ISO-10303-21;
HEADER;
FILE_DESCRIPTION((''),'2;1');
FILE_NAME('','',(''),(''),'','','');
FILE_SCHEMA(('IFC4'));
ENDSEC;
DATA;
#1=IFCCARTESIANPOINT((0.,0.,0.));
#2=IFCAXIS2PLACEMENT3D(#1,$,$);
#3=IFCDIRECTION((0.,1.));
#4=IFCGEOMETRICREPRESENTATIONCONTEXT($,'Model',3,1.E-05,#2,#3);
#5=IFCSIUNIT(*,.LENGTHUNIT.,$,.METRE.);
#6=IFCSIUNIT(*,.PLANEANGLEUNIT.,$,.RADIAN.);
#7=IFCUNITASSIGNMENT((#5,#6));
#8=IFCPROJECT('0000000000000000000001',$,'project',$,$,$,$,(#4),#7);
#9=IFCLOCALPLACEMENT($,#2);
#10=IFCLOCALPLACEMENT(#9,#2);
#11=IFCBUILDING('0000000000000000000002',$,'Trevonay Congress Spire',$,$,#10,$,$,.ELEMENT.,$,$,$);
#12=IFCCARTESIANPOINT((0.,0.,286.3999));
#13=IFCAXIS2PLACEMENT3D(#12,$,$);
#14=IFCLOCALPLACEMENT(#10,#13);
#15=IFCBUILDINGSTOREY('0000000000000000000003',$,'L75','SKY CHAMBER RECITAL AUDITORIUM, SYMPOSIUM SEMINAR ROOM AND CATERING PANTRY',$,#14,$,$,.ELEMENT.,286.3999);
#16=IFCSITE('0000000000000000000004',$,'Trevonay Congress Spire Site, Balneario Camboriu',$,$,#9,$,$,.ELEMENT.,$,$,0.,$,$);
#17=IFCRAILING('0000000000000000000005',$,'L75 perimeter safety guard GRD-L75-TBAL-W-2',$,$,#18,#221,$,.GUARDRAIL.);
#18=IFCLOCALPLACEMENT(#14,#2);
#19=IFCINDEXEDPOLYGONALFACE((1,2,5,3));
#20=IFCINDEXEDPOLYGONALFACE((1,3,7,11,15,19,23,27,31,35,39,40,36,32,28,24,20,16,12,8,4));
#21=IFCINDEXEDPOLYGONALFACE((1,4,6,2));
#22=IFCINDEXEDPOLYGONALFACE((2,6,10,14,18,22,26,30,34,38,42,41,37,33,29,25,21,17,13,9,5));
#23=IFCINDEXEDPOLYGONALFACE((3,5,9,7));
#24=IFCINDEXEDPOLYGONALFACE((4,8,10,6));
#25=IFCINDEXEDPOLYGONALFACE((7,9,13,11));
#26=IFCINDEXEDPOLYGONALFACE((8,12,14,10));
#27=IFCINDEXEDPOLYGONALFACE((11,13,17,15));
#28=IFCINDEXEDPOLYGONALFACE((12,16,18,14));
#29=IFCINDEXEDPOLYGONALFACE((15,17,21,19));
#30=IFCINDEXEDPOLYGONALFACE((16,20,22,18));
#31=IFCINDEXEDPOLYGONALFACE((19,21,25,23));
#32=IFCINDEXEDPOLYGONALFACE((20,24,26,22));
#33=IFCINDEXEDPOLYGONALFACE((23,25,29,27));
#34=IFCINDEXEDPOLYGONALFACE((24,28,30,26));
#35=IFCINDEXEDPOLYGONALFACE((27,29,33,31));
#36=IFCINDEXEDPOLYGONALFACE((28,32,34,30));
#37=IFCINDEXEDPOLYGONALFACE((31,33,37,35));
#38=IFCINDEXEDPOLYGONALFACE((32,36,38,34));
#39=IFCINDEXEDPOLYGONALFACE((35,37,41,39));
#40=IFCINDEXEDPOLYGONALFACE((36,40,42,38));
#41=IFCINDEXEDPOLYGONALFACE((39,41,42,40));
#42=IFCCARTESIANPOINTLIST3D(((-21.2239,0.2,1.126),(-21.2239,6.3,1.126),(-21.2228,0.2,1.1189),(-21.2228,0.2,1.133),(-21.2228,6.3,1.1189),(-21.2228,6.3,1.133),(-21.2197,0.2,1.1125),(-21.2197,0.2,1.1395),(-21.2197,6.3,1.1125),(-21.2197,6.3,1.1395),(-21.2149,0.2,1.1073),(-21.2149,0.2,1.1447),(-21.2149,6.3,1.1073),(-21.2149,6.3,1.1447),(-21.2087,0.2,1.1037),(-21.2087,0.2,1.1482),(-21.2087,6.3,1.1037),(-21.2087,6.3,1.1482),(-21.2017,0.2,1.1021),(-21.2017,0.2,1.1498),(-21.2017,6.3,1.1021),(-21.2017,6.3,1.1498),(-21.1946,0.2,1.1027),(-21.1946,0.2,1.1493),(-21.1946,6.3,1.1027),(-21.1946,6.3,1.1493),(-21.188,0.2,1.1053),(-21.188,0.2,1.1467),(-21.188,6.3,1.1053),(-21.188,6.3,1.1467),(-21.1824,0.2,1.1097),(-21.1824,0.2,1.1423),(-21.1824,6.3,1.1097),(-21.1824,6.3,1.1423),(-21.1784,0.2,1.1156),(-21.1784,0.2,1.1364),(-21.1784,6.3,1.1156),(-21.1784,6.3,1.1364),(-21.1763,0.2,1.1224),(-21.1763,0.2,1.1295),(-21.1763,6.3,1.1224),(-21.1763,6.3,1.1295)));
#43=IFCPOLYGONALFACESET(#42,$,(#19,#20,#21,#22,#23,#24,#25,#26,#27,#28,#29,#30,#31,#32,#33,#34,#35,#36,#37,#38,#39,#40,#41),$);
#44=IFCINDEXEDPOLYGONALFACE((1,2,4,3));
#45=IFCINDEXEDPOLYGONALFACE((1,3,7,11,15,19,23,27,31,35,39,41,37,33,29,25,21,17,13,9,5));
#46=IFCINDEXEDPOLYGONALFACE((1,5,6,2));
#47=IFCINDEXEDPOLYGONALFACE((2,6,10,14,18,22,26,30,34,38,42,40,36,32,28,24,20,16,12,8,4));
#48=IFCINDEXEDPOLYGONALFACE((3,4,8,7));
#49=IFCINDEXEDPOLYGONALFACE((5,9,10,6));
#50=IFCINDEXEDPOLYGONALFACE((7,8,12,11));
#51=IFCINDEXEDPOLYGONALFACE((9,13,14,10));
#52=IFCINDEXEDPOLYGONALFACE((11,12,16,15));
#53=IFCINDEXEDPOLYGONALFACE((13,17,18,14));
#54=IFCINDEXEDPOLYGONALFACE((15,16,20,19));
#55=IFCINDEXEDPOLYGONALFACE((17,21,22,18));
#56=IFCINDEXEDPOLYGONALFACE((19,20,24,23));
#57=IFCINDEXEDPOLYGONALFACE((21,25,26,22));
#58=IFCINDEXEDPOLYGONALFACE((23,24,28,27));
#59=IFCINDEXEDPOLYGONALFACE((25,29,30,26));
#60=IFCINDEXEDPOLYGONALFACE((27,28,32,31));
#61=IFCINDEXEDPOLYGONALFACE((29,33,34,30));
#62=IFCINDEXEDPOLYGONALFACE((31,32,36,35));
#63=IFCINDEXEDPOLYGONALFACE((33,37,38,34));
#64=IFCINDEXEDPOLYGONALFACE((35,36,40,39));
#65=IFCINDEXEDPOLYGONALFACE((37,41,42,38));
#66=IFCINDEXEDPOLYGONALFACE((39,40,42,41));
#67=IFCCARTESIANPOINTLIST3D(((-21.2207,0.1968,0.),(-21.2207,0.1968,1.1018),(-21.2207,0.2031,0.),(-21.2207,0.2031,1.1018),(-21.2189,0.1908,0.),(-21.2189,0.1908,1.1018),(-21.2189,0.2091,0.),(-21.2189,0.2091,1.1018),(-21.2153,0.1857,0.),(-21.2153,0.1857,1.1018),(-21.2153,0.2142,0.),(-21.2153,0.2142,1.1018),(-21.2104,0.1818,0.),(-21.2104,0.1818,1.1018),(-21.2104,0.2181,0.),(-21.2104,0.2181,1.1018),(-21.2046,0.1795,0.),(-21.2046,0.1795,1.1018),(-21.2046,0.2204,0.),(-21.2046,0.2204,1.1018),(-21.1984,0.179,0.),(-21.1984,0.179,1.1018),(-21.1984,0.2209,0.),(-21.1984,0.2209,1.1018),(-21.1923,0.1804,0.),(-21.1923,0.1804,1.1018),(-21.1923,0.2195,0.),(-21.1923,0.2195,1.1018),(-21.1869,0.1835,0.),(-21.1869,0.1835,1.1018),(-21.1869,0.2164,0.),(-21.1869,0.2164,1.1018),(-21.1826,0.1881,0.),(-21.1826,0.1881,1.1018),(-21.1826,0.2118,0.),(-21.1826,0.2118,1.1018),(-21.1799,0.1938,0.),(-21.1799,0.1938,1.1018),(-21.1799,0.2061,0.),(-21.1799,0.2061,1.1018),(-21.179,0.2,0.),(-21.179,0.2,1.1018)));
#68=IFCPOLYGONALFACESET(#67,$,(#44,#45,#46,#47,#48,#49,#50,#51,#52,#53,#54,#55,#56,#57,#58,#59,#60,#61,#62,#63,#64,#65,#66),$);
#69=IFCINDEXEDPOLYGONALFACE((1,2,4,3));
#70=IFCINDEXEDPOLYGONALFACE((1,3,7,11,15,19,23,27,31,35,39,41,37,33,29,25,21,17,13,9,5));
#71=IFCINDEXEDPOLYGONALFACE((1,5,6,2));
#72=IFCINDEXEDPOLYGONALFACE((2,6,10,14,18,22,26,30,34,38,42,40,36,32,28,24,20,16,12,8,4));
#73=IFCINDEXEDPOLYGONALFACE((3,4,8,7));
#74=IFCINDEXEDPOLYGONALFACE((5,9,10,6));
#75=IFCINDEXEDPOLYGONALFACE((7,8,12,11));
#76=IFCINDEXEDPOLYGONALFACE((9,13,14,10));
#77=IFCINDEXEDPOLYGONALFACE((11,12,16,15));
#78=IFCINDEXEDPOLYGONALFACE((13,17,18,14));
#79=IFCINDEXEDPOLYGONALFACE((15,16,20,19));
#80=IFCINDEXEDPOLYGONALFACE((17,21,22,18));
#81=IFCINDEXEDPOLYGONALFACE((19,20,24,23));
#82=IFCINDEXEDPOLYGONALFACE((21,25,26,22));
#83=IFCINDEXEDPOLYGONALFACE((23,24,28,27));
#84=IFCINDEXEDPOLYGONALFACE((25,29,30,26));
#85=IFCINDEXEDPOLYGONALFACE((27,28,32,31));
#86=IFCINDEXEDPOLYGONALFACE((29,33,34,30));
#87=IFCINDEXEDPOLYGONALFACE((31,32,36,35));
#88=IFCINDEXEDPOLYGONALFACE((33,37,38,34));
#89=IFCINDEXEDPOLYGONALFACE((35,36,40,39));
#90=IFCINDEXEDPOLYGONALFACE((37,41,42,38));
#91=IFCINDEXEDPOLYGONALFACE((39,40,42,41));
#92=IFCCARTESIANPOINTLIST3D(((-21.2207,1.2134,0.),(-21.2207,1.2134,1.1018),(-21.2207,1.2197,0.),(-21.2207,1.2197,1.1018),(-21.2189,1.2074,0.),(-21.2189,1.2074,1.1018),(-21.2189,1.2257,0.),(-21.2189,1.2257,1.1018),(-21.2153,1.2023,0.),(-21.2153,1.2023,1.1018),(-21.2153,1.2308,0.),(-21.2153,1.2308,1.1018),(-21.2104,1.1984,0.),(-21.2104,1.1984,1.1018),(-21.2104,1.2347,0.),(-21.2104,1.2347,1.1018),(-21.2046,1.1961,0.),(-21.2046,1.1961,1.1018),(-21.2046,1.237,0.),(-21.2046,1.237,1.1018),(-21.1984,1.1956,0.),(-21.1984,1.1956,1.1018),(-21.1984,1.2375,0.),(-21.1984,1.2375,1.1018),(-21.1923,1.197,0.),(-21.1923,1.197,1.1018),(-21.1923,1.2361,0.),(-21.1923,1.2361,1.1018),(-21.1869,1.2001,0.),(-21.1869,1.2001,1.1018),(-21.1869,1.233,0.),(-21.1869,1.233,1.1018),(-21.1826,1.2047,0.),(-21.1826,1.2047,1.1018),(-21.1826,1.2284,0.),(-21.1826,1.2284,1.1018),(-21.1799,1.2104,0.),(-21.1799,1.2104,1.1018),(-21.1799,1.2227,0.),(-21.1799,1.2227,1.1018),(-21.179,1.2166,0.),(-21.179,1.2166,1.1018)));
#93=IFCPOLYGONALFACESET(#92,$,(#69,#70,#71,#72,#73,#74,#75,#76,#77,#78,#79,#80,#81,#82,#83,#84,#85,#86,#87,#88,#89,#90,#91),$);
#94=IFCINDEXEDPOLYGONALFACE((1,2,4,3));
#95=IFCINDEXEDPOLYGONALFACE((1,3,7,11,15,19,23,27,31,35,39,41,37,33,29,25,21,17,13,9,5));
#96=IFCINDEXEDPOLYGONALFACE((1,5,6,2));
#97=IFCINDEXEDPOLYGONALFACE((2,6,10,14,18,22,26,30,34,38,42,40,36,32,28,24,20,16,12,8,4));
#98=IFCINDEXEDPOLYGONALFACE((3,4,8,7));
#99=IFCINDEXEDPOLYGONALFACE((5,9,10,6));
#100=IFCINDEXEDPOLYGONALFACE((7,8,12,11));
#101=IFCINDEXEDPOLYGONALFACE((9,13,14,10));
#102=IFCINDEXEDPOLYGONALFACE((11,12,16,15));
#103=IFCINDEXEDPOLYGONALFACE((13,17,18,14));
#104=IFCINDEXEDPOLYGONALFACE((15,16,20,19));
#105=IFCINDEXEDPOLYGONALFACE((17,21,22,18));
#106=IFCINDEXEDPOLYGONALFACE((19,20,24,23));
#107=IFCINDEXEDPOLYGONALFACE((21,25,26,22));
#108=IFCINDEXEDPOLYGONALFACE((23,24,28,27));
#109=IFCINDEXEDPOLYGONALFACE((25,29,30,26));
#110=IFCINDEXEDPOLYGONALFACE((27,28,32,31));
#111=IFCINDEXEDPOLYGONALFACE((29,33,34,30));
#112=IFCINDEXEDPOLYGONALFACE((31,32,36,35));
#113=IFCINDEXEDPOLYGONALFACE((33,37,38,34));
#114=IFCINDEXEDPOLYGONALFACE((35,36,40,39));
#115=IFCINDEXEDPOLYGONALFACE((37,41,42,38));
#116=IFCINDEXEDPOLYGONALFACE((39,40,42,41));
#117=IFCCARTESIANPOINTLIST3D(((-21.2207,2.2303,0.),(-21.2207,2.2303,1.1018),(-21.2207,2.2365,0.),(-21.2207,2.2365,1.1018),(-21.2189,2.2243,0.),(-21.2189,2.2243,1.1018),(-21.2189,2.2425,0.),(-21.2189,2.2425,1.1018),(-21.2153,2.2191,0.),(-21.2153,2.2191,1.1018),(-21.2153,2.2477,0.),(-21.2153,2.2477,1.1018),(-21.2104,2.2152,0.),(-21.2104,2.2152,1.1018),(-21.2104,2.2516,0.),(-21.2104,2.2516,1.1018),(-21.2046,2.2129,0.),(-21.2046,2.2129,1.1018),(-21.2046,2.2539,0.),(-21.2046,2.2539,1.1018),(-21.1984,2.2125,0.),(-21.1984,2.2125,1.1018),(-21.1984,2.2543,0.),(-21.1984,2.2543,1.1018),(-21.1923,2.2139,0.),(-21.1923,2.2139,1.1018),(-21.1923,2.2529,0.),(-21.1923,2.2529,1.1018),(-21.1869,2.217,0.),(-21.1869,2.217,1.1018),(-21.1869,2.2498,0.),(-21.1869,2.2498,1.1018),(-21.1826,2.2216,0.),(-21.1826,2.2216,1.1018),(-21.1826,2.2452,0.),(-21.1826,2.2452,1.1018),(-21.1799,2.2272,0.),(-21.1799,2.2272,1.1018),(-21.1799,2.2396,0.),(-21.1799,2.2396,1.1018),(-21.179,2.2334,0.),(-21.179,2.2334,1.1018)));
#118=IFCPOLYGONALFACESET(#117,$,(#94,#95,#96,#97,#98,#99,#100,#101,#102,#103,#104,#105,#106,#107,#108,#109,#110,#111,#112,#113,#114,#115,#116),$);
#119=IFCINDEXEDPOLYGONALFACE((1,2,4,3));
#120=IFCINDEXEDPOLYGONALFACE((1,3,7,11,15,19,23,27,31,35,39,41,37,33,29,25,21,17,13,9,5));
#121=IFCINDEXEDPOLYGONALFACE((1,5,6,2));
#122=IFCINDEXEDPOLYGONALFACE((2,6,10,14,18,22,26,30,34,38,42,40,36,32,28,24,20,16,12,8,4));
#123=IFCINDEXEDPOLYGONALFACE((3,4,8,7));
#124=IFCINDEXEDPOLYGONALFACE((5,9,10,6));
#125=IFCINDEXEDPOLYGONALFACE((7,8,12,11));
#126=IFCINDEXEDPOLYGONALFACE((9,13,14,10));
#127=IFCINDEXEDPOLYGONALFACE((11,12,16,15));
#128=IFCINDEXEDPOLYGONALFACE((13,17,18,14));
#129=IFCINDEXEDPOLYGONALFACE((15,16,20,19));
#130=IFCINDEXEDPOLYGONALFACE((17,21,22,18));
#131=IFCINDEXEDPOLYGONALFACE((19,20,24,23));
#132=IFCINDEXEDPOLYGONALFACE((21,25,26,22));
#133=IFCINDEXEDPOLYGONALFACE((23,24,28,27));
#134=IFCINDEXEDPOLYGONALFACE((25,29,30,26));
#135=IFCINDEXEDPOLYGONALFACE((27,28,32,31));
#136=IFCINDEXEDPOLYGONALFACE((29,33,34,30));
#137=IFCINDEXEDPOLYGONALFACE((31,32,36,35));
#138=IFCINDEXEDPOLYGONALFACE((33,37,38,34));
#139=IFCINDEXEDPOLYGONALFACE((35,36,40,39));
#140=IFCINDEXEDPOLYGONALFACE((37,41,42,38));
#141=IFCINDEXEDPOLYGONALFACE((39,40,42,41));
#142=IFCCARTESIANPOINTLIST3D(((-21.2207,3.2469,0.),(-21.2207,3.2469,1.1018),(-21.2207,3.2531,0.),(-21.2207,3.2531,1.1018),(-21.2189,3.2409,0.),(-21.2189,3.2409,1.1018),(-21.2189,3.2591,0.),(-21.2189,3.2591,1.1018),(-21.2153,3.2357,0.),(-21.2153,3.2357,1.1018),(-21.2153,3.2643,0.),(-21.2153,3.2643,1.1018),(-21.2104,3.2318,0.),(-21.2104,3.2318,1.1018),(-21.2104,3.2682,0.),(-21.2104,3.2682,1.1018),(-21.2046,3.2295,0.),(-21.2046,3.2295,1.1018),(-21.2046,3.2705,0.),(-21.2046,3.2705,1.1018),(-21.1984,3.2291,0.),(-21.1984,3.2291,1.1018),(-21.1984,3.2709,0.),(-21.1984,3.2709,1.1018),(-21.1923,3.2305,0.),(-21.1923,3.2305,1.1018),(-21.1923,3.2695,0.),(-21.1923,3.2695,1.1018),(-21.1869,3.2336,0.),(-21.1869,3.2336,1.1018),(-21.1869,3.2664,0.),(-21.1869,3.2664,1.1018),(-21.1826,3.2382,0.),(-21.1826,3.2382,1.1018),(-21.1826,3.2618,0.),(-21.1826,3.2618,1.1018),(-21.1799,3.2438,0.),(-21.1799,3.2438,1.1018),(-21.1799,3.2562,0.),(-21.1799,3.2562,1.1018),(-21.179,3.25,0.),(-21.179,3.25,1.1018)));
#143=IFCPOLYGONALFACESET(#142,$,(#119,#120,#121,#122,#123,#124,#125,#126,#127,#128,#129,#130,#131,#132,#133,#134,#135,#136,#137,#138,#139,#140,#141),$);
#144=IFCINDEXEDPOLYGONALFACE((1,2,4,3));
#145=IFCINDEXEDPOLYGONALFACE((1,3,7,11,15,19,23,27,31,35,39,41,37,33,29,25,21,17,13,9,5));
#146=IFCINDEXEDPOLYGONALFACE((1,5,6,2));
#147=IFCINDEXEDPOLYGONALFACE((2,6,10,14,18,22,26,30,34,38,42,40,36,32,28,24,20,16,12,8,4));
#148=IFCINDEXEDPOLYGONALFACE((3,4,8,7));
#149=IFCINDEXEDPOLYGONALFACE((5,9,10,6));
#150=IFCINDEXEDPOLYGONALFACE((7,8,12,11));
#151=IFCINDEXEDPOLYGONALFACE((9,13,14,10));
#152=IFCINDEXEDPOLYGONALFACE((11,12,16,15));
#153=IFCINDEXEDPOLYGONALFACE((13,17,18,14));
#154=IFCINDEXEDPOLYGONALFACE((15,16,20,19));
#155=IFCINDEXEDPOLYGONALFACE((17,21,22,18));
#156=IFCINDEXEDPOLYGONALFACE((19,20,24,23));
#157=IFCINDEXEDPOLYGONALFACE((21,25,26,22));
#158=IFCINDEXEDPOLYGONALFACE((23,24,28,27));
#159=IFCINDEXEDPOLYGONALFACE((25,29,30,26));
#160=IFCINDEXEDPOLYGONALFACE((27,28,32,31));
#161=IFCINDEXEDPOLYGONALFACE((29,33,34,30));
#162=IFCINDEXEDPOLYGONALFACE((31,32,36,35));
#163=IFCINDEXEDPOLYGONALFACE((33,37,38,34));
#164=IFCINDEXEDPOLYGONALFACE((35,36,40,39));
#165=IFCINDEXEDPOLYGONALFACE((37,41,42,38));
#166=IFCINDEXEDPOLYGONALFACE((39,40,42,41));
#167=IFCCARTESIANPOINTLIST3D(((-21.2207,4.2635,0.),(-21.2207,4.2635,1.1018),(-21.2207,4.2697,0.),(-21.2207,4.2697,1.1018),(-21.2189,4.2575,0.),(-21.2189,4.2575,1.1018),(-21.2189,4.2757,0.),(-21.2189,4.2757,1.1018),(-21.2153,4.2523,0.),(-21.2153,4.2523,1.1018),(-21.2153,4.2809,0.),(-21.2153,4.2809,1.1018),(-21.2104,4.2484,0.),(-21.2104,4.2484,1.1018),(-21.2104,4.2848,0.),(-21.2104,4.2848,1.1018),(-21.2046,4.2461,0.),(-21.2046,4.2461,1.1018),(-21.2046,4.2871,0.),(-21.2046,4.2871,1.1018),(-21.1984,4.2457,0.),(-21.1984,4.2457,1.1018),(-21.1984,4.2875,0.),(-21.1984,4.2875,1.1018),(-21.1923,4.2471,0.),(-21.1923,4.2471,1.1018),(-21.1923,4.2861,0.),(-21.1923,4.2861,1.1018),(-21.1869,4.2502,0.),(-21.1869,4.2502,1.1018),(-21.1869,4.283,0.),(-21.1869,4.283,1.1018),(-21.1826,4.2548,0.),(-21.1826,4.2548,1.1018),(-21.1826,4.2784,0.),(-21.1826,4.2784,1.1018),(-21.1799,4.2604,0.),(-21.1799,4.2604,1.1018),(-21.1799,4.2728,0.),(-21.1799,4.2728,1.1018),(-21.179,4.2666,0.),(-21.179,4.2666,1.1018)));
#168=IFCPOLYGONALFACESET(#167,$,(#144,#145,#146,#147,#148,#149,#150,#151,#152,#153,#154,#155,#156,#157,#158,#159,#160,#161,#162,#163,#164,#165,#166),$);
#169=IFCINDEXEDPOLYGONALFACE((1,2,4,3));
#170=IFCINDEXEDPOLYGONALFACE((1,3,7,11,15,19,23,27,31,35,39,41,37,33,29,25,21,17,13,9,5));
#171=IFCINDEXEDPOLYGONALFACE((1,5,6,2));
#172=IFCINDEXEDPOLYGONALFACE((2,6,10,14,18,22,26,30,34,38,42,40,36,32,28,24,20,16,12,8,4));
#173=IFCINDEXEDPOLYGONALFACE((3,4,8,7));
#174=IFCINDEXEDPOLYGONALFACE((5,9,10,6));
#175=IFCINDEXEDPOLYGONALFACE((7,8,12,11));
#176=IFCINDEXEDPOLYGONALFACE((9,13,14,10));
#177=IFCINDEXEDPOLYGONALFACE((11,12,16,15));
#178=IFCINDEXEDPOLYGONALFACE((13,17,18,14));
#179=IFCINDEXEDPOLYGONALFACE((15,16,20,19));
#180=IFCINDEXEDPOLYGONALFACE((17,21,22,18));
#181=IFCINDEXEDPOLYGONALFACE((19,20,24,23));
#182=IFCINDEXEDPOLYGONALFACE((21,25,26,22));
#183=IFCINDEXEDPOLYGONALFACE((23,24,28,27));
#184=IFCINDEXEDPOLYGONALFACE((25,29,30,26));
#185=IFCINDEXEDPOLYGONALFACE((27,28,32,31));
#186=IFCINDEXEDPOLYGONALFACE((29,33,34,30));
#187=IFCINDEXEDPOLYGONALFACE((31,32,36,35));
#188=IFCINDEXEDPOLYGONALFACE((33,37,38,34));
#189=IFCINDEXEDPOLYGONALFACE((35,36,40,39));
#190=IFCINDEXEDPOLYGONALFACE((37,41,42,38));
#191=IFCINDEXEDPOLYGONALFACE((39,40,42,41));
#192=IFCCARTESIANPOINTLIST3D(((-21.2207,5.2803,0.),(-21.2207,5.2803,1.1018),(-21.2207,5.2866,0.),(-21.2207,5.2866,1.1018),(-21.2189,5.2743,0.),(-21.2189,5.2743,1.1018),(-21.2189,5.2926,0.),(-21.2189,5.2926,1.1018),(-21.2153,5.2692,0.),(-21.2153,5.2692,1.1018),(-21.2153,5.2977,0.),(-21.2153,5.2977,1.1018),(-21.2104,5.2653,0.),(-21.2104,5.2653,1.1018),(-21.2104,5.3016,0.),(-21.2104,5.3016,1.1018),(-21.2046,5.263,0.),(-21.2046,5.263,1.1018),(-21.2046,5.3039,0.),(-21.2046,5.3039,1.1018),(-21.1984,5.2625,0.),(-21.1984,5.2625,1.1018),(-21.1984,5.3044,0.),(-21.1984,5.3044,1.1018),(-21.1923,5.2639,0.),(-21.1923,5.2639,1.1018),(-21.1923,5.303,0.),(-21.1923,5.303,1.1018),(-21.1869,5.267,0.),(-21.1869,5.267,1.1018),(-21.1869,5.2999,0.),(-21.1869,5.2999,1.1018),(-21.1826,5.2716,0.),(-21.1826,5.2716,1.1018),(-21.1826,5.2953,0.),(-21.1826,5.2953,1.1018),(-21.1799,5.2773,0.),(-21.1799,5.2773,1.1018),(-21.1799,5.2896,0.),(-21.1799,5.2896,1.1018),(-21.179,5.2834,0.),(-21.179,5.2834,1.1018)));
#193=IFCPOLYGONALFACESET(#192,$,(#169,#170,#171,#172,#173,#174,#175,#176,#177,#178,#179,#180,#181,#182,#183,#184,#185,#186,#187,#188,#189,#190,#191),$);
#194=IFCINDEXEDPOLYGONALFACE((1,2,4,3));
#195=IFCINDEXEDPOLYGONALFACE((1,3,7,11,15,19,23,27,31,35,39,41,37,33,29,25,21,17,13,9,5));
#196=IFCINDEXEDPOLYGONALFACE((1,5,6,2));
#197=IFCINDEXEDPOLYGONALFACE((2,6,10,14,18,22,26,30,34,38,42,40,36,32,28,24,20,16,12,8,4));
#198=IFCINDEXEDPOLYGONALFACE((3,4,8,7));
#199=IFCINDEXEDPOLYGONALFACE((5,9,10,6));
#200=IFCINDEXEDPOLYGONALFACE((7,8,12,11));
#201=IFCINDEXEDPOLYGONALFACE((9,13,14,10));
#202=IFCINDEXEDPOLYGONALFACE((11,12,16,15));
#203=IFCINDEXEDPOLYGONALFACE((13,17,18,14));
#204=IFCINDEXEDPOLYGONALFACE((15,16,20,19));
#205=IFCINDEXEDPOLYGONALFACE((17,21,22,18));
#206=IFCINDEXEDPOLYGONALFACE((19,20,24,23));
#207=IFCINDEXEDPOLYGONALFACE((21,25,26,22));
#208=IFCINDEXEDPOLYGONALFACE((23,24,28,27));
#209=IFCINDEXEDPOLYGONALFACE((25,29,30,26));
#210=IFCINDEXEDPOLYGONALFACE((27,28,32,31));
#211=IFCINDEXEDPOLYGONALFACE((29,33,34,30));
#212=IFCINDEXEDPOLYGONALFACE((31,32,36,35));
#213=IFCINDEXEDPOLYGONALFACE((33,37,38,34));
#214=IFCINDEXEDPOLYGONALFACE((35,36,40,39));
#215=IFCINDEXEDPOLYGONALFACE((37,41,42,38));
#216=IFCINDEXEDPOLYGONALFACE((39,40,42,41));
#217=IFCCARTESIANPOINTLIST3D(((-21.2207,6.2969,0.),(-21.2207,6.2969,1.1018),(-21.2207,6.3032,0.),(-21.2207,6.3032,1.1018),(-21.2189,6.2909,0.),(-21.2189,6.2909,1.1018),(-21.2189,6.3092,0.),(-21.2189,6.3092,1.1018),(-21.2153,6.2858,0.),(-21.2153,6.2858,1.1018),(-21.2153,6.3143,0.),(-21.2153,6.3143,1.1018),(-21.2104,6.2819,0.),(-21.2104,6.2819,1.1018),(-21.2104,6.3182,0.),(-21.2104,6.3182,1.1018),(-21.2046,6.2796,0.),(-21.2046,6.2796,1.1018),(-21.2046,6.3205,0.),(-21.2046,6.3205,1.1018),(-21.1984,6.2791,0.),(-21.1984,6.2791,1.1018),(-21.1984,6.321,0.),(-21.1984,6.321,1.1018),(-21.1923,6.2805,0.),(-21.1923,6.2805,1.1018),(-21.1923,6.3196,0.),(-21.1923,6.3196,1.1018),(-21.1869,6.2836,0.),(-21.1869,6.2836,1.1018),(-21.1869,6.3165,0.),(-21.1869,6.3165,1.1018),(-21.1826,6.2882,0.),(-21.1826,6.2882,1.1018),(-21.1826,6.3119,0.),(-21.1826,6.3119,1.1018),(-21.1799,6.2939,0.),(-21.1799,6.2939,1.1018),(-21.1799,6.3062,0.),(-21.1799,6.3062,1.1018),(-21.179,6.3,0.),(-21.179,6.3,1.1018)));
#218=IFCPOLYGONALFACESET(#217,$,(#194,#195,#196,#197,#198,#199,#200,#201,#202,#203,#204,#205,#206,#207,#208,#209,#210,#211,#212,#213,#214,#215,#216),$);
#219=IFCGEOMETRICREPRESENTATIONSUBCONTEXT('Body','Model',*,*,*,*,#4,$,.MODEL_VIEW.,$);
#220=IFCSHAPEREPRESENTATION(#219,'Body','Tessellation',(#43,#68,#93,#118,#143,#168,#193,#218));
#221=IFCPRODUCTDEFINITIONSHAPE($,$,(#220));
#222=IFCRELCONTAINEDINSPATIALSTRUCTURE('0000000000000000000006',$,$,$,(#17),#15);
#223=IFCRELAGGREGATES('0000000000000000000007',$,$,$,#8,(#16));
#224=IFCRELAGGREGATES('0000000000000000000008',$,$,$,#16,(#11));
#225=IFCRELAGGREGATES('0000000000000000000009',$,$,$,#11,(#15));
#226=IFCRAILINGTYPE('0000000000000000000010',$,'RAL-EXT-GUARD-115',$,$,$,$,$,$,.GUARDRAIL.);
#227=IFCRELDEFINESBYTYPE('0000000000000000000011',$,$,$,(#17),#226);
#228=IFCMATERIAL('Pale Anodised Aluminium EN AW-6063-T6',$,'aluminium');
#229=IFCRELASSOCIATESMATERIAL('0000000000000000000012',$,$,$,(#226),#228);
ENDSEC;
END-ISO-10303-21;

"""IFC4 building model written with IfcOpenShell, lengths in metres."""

from ifc_helpers import new_model, si_unit, direction, frame, origin, origin_2d, place, context, subcontext, project, spatial, circle, extrude, material, type_object, element, save


model = new_model("IFC4")

# Units and contexts
model_context = context("Model", 3, precision=1e-05, world=origin(), true_north=direction((0.0, 1.0)))
body_context = subcontext(model_context, "Body", "Model", "MODEL_VIEW")
ifc_project = project(units=[si_unit("LENGTHUNIT", "METRE"), si_unit("PLANEANGLEUNIT", "RADIAN")], contexts=[model_context])

# Site, building, storey
site_placement = place(None, origin())
site = spatial("IfcSite", under=ifc_project, at=site_placement, Name="Trevonay Congress Spire Site, Balneario Camboriu", CompositionType="ELEMENT", RefElevation=0.0)
building_placement = place(site_placement, origin())
building = spatial("IfcBuilding", under=site, at=building_placement, Name="Trevonay Congress Spire", CompositionType="ELEMENT")
storey_placement = place(building_placement, frame((0.0, 0.0, 286.3999)))
storey = spatial("IfcBuildingStorey", under=building, at=storey_placement, Name="L75", Description="SKY CHAMBER RECITAL AUDITORIUM, SYMPOSIUM SEMINAR ROOM AND CATERING PANTRY", CompositionType="ELEMENT", Elevation=286.3999)

# Shared definitions
ifc_material_1 = material(Name="Pale Anodised Aluminium EN AW-6063-T6", Category="aluminium")

# Railing
railing_type = type_object("IfcRailingType", Name="RAL-EXT-GUARD-115", PredefinedType="GUARDRAIL", material=ifc_material_1)
railing_1_placement = place(storey_placement, frame((-21.2, 0.2, 0.0)))
element("IfcRailing", 1, at=railing_1_placement, inside=storey, type_object=railing_type, Name="L75 perimeter safety guard GRD-L75-TBAL-W-2", PredefinedType="GUARDRAIL", context=body_context, shape_type="SweptSolid", body=[
    extrude(circle(Radius=0.0239, at=origin_2d()), frame((0.0, 0.0, 1.126), z_axis=(0.0, 1.0, 0.0), x_axis=(-1.0, 0.0, 0.0)), (0.0, 0.0, 1.0), 6.1001),
    extrude(circle(Radius=0.021, at=origin_2d()), origin(), (0.0, 0.0, 1.0), 1.1018),
    extrude(circle(Radius=0.021, at=origin_2d()), frame((0.0, 1.0166, 0.0)), (0.0, 0.0, 1.0), 1.1018),
    extrude(circle(Radius=0.021, at=origin_2d()), frame((0.0, 2.0334, 0.0)), (0.0, 0.0, 1.0), 1.1018),
    extrude(circle(Radius=0.021, at=origin_2d()), frame((0.0, 3.05, 0.0)), (0.0, 0.0, 1.0), 1.1018),
    extrude(circle(Radius=0.021, at=origin_2d()), frame((0.0, 4.0667, 0.0)), (0.0, 0.0, 1.0), 1.1018),
    extrude(circle(Radius=0.021, at=origin_2d()), frame((0.0, 5.0835, 0.0)), (0.0, 0.0, 1.0), 1.1018),
    extrude(circle(Radius=0.021, at=origin_2d()), frame((0.0, 6.1001, 0.0)), (0.0, 0.0, 1.0), 1.1018),
])

save(model, "model.ifc")
